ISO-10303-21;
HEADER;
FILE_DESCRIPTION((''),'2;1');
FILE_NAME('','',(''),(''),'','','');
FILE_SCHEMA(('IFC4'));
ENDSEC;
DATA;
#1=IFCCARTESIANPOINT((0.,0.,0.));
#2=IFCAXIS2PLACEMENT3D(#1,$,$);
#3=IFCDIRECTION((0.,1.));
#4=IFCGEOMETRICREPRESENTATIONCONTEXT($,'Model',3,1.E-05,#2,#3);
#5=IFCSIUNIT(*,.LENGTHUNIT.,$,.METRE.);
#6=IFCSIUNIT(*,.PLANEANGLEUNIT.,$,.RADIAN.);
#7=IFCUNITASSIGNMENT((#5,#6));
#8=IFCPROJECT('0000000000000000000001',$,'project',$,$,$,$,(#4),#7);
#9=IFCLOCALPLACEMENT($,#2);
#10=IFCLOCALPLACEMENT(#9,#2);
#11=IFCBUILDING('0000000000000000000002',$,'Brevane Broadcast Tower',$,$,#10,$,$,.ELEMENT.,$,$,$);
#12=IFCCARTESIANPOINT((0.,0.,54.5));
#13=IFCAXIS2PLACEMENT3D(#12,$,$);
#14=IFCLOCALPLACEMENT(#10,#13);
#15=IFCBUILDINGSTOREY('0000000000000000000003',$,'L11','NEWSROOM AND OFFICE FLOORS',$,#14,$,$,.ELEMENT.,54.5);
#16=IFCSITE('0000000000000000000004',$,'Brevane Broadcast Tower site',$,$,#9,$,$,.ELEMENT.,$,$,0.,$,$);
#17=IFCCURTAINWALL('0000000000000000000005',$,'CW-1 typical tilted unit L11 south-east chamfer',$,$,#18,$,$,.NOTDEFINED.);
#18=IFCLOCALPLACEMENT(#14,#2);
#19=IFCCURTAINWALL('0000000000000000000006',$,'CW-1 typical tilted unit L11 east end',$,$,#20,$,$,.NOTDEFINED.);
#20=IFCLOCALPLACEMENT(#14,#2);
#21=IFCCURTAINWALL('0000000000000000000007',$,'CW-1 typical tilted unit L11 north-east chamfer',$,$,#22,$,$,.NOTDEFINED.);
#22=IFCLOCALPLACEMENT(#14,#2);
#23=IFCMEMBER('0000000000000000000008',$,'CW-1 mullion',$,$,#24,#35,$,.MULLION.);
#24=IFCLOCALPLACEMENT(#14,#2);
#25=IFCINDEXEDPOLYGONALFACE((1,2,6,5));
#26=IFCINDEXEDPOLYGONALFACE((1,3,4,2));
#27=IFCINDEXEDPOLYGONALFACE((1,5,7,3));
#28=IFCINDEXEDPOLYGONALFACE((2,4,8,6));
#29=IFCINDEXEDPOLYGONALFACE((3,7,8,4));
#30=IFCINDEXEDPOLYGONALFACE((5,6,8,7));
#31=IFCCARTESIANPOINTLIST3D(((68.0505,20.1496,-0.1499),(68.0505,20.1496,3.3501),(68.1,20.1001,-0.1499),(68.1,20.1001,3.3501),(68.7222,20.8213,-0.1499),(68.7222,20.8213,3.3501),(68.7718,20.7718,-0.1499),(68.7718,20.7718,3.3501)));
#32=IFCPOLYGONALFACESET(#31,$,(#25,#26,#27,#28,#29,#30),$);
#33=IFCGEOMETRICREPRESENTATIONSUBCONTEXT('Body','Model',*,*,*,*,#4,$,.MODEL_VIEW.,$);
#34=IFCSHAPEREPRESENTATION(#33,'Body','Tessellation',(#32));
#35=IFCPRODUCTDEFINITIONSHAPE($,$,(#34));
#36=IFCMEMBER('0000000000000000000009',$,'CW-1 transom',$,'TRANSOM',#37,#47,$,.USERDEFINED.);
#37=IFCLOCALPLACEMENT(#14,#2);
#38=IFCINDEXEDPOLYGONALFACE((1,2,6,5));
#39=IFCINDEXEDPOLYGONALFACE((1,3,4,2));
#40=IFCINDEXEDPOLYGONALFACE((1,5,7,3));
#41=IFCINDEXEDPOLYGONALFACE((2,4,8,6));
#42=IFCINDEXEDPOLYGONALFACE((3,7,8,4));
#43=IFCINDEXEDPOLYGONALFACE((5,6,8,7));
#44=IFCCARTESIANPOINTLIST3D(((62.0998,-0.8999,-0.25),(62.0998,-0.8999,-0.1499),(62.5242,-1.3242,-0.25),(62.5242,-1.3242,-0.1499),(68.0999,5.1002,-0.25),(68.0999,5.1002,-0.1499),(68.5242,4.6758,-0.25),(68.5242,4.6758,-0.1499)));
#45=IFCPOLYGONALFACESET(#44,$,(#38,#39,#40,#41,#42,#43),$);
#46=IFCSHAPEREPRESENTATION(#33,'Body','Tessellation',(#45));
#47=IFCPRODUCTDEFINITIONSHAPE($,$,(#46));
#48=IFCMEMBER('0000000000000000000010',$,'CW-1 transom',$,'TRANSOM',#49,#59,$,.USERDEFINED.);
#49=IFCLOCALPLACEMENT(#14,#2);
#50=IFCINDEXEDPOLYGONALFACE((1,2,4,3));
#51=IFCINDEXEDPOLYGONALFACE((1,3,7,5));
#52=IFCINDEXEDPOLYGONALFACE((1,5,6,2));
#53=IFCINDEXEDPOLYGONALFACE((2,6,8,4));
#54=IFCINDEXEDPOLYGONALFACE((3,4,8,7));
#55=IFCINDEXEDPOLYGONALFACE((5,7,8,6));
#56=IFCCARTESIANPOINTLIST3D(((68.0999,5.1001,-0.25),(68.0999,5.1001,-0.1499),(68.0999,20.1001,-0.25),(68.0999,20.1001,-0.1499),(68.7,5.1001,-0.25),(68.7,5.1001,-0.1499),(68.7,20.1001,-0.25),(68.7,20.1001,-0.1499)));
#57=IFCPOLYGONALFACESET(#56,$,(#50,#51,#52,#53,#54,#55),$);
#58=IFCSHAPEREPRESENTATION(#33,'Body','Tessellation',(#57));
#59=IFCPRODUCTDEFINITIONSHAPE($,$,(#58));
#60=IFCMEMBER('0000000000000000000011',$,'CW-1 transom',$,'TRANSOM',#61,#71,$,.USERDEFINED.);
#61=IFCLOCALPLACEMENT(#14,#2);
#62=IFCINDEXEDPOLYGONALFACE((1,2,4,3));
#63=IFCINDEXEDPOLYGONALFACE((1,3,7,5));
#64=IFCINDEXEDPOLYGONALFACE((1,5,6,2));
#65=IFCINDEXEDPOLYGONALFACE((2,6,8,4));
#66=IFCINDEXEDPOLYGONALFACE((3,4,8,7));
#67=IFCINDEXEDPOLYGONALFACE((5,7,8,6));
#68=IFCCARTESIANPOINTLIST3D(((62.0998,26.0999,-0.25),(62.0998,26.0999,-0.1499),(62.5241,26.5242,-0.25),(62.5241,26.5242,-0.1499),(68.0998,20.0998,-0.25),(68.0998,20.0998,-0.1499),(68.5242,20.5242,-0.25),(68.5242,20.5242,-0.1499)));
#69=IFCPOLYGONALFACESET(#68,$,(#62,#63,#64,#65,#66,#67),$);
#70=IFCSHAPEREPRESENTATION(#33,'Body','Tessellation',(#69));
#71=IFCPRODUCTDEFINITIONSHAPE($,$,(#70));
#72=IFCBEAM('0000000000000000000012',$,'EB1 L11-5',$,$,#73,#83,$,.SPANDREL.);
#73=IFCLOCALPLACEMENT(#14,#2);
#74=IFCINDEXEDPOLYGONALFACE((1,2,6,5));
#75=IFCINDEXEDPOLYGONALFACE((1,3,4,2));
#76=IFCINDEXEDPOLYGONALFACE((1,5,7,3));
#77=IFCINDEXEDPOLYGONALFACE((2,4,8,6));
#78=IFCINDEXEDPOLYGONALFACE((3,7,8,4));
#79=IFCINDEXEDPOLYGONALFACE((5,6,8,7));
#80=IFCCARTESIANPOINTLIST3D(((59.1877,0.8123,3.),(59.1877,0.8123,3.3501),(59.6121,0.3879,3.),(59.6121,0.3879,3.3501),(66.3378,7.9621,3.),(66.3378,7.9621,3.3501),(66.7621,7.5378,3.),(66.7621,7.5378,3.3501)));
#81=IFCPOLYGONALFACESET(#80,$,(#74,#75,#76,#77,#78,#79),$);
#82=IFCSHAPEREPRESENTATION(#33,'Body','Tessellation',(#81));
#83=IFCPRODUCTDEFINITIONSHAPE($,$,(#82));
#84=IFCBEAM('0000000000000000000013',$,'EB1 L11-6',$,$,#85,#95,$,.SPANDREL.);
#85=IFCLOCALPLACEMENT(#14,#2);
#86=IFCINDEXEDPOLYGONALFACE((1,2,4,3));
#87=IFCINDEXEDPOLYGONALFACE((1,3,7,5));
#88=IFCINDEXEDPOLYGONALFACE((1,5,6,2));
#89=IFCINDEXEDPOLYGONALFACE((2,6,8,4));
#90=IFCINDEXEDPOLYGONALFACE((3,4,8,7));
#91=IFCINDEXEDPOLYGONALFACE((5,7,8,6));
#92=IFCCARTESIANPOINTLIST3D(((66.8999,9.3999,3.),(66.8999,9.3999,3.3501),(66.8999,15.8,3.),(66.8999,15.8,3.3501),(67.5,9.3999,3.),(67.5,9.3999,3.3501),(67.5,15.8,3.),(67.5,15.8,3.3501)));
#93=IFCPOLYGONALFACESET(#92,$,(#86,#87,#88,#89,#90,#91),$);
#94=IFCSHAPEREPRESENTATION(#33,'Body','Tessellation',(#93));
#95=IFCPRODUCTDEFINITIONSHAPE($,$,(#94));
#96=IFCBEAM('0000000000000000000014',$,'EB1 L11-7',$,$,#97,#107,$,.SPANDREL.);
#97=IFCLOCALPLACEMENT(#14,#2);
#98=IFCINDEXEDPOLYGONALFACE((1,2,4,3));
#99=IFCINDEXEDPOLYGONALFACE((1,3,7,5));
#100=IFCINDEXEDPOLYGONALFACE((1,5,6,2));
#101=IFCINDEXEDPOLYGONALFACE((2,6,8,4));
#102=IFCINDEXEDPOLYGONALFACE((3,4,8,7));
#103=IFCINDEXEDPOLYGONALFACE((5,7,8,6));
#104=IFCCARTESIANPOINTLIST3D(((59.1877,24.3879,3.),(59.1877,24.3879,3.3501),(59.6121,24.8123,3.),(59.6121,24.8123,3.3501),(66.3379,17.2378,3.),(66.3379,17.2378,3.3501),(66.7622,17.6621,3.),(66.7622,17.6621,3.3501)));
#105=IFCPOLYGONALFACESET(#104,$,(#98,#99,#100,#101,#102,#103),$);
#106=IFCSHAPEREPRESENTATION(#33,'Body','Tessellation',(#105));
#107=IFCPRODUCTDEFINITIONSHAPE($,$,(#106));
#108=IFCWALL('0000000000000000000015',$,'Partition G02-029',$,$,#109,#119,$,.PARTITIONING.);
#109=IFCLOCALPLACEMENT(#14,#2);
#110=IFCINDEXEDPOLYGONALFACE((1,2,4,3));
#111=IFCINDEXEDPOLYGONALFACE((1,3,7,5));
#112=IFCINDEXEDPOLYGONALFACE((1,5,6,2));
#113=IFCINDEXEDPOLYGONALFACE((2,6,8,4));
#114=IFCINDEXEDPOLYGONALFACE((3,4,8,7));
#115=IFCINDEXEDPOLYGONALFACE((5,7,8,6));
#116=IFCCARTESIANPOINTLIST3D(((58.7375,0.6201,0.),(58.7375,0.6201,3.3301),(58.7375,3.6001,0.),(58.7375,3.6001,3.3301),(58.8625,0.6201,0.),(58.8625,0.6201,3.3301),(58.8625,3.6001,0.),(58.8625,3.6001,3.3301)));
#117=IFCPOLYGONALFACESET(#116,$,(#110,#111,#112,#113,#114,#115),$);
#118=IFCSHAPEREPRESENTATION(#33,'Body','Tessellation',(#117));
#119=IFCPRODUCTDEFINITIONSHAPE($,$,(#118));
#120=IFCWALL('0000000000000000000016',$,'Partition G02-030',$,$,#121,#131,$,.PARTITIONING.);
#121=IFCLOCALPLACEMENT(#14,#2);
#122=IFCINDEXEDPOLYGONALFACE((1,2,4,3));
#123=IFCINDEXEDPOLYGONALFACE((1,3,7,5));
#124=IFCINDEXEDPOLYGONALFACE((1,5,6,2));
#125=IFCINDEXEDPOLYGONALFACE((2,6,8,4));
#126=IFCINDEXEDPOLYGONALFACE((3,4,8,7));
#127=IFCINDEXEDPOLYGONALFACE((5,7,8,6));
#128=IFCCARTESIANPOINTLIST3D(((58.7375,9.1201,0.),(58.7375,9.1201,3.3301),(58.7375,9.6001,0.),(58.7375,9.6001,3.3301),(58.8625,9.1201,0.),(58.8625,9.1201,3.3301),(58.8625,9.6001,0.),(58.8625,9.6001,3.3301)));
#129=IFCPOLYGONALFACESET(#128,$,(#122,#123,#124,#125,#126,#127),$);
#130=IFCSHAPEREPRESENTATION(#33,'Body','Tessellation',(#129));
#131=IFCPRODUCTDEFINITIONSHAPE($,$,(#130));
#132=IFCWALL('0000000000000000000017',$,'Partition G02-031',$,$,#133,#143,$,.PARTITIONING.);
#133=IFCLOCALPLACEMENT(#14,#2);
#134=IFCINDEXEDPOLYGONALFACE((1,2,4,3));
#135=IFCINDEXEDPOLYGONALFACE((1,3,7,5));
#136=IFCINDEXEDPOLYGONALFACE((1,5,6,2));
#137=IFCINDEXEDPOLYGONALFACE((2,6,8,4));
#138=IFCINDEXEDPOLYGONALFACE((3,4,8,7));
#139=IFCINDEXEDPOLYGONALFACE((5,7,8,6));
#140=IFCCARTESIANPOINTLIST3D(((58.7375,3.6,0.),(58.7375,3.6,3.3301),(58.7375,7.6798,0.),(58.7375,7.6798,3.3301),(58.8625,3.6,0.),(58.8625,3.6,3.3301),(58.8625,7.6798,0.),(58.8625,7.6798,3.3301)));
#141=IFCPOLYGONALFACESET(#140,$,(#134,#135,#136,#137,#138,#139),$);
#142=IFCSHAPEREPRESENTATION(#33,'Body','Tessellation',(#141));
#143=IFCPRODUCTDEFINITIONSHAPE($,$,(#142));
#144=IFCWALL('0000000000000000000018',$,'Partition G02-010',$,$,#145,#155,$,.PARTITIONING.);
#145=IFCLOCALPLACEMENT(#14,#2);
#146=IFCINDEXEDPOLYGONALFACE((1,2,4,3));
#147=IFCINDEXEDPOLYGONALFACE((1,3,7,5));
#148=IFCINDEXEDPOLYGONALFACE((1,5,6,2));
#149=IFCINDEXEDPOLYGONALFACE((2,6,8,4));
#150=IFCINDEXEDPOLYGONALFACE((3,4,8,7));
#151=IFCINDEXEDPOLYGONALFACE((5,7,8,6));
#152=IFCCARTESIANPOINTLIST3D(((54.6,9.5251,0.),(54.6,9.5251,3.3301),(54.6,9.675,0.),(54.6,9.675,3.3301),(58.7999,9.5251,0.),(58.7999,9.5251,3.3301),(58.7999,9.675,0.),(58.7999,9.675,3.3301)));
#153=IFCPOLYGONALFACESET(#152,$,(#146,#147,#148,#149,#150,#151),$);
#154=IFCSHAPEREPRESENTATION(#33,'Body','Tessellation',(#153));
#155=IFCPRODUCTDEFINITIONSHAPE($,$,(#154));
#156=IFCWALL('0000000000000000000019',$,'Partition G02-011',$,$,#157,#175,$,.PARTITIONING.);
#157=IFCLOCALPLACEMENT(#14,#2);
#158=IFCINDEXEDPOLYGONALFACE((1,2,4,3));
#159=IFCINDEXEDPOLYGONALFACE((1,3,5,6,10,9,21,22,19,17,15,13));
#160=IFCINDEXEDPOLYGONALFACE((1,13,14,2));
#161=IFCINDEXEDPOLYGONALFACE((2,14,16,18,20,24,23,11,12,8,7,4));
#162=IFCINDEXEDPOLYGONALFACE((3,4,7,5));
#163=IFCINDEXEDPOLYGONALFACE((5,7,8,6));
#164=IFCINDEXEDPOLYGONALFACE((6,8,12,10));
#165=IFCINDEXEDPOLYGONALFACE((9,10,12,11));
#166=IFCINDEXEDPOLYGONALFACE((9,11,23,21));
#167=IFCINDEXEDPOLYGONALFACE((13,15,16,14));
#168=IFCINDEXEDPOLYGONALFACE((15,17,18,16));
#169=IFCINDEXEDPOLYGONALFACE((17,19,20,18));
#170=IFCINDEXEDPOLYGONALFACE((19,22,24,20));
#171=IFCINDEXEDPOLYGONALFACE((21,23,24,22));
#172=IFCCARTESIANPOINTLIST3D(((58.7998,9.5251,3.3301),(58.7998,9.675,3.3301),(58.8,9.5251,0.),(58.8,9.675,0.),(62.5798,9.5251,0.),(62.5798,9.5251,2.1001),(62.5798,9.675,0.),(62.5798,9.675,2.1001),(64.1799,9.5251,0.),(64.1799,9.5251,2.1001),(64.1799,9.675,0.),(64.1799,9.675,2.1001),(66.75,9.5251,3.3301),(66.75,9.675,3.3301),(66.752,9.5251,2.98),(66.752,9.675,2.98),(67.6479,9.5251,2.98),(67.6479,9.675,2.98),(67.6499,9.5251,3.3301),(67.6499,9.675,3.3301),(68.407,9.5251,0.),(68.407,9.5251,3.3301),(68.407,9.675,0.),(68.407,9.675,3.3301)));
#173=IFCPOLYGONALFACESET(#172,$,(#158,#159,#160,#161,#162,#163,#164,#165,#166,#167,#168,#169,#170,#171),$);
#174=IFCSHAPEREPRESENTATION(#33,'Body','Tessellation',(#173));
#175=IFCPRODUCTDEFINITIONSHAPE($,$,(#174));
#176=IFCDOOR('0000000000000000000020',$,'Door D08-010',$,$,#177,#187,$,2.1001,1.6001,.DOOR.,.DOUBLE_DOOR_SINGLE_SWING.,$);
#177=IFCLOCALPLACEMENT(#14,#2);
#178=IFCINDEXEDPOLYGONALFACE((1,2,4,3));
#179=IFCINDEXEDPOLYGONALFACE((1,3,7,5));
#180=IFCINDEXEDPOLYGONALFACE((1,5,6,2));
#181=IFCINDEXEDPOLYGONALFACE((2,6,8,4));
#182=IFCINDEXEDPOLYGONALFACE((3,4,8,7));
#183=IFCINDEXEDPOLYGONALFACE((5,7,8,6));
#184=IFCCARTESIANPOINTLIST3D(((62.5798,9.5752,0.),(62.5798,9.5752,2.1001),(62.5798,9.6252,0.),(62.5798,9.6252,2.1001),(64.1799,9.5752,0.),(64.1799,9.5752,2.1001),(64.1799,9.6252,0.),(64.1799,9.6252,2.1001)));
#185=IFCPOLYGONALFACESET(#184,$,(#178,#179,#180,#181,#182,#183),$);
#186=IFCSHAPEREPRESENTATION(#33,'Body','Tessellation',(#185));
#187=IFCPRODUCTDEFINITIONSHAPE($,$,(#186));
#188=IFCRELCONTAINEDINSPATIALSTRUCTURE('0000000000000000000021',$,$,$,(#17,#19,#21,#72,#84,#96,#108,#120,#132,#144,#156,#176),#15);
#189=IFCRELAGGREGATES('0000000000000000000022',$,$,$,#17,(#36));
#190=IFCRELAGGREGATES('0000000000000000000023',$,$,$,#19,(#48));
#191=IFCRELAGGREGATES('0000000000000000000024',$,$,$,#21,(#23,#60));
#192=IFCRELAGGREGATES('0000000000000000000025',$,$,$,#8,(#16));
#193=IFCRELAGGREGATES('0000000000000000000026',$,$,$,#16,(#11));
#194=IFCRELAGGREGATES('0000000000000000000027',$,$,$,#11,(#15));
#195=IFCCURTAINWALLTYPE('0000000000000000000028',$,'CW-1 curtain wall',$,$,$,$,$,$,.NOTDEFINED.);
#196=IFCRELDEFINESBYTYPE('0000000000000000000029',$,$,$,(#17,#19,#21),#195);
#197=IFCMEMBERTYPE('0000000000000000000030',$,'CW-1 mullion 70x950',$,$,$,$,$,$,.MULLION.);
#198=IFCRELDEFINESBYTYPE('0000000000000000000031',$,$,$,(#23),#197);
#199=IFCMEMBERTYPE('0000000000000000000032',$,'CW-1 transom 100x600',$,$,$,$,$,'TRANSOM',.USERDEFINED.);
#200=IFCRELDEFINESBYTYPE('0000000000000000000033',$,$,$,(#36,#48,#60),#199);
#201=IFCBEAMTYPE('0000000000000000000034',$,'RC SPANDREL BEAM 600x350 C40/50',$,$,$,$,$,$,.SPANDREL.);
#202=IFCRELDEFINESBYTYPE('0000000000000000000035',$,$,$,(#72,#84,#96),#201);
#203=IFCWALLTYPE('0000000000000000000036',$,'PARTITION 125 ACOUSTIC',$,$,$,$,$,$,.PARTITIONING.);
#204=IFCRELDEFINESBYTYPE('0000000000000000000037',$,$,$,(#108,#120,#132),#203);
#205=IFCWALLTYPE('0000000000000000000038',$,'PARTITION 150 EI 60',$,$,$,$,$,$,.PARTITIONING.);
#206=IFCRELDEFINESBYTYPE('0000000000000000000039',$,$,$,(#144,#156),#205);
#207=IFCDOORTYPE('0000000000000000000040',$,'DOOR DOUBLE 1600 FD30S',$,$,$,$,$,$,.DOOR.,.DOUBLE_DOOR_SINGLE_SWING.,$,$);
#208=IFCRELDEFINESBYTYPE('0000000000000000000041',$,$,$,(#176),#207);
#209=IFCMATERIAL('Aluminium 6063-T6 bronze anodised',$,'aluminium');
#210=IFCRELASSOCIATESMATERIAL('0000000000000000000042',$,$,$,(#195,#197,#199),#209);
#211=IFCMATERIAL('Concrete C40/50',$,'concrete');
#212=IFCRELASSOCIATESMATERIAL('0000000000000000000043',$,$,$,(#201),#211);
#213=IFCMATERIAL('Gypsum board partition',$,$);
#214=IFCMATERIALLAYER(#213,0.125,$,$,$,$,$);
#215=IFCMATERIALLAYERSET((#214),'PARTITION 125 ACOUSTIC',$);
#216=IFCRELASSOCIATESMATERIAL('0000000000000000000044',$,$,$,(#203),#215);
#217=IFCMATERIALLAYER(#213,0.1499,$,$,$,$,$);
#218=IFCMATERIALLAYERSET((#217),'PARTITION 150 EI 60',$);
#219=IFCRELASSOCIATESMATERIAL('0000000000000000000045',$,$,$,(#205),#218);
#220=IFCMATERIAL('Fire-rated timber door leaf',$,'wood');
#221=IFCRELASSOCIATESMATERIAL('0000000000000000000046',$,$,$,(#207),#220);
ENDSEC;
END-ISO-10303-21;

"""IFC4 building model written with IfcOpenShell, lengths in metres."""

from ifc_helpers import new_model, si_unit, direction, frame, frame_2d, origin, origin_2d, place, context, subcontext, project, spatial, polyline, rectangle, outline, extrude, material, layer, layer_set, material_profile, profile_set, type_object, element, fill, aggregate, save


model = new_model("IFC4")

# Units and contexts
model_context = context("Model", 3, precision=1e-05, world=origin(), true_north=direction((0.0, 1.0)))
body_context = subcontext(model_context, "Body", "Model", "MODEL_VIEW")
ifc_project = project(units=[si_unit("LENGTHUNIT", "METRE"), si_unit("PLANEANGLEUNIT", "RADIAN")], contexts=[model_context])

# Site, building, storey
site_placement = place(None, origin())
site = spatial("IfcSite", under=ifc_project, at=site_placement, Name="Brevane Broadcast Tower site", CompositionType="ELEMENT", RefElevation=0.0)
building_placement = place(site_placement, origin())
building = spatial("IfcBuilding", under=site, at=building_placement, Name="Brevane Broadcast Tower", CompositionType="ELEMENT")
storey_placement = place(building_placement, frame((0.0, 0.0, 54.5)))
storey = spatial("IfcBuildingStorey", under=building, at=storey_placement, Name="L11", Description="NEWSROOM AND OFFICE FLOORS", CompositionType="ELEMENT", Elevation=54.5)

# Curtain walls
ifc_material_1 = material(Name="Aluminium 6063-T6 bronze anodised", Category="aluminium")
curtain_wall_type = type_object("IfcCurtainWallType", Name="CW-1 curtain wall", PredefinedType="NOTDEFINED", material=ifc_material_1)
ifc_material_profile_1 = material_profile(ifc_material_1, rectangle(XDim=0.95, YDim=0.0701, at=origin_2d()), Name="RECT 70x950")
ifc_profile_set_1 = profile_set([ifc_material_profile_1], Name="Aluminium 6063-T6 bronze anodised")
member_type_1 = type_object("IfcMemberType", Name="CW-1 mullion 70x950", PredefinedType="MULLION", material=ifc_profile_set_1)
curtain_wall_1_placement = place(storey_placement, origin())
curtain_wall_1 = element("IfcCurtainWall", 1, at=curtain_wall_1_placement, inside=storey, type_object=curtain_wall_type, Name="CW-1 typical tilted unit L11 south-east chamfer", PredefinedType="NOTDEFINED")
curtain_wall_2_placement = place(storey_placement, origin())
curtain_wall_2 = element("IfcCurtainWall", 2, at=curtain_wall_2_placement, inside=storey, type_object=curtain_wall_type, Name="CW-1 typical tilted unit L11 east end", PredefinedType="NOTDEFINED")

# Curtain wall, member
curtain_wall_3_placement = place(storey_placement, origin())
curtain_wall_3 = element("IfcCurtainWall", 3, at=curtain_wall_3_placement, inside=storey, type_object=curtain_wall_type, Name="CW-1 typical tilted unit L11 north-east chamfer", PredefinedType="NOTDEFINED")
member_1_placement = place(storey_placement, frame((68.4111, 20.4607, -0.1499), z_axis=(0.0, 0.0, 1.0), x_axis=(-0.707107, -0.707107, 0.0)))
member_1 = element("IfcMember", 4, at=member_1_placement, type_object=member_type_1, Name="CW-1 mullion", PredefinedType="MULLION", context=body_context, shape_type="SweptSolid", body=[
    extrude(rectangle(XDim=0.95, YDim=0.0701, at=origin_2d()), origin(), (0.0, 0.0, 1.0), 3.5),
])

# Members
ifc_material_profile_2 = material_profile(ifc_material_1, rectangle(XDim=0.6001, YDim=0.1001, at=origin_2d()), Name="RECT 100x600")
ifc_profile_set_2 = profile_set([ifc_material_profile_2], Name="Aluminium 6063-T6 bronze anodised")
member_type_2 = type_object("IfcMemberType", Name="CW-1 transom 100x600", ElementType="TRANSOM", PredefinedType="USERDEFINED", material=ifc_profile_set_2)
member_2_placement = place(storey_placement, frame((62.312, -1.1121, -0.2), z_axis=(0.707107, 0.707107, 0.0), x_axis=(-0.707107, 0.707107, 0.0)))
member_2 = element("IfcMember", 5, at=member_2_placement, type_object=member_type_2, Name="CW-1 transom", ObjectType="TRANSOM", PredefinedType="USERDEFINED", context=body_context, shape_type="SweptSolid", body=[
    extrude(rectangle(XDim=0.6001, YDim=0.1001, at=origin_2d()), origin(), (0.0, 0.0, 1.0), 8.4854),
])
aggregate(curtain_wall_1, [member_2])
member_3_placement = place(storey_placement, frame((68.3999, 5.1001, -0.2), z_axis=(0.0, 1.0, 0.0), x_axis=(-1.0, 0.0, 0.0)))
member_3 = element("IfcMember", 6, at=member_3_placement, type_object=member_type_2, Name="CW-1 transom", ObjectType="TRANSOM", PredefinedType="USERDEFINED", context=body_context, shape_type="SweptSolid", body=[
    extrude(rectangle(XDim=0.6001, YDim=0.1001, at=origin_2d()), origin(), (0.0, 0.0, 1.0), 15.0),
])
aggregate(curtain_wall_2, [member_3])
member_4_placement = place(storey_placement, frame((68.312, 20.312, -0.2), z_axis=(-0.707107, 0.707107, 0.0), x_axis=(-0.707107, -0.707107, 0.0)))
member_4 = element("IfcMember", 7, at=member_4_placement, type_object=member_type_2, Name="CW-1 transom", ObjectType="TRANSOM", PredefinedType="USERDEFINED", context=body_context, shape_type="SweptSolid", body=[
    extrude(rectangle(XDim=0.6001, YDim=0.1001, at=origin_2d()), origin(), (0.0, 0.0, 1.0), 8.4854),
])
aggregate(curtain_wall_3, [member_1, member_4])

# Beams
ifc_material_2 = material(Name="Concrete C40/50", Category="concrete")
ifc_material_profile_3 = material_profile(ifc_material_2, rectangle(XDim=0.6001, YDim=0.3501, at=origin_2d()), Name="RC 600x350")
ifc_profile_set_3 = profile_set([ifc_material_profile_3], Name="Concrete C40/50")
beam_type = type_object("IfcBeamType", Name="RC SPANDREL BEAM 600x350 C40/50", PredefinedType="SPANDREL", material=ifc_profile_set_3)
beam_1_placement = place(storey_placement, frame((59.3999, 0.6001, 3.175), z_axis=(0.707119, 0.707095, 0.0), x_axis=(-0.707095, 0.707119, 0.0)))
element("IfcBeam", 8, at=beam_1_placement, inside=storey, type_object=beam_type, Name="EB1 L11-5", PredefinedType="SPANDREL", context=body_context, shape_type="SweptSolid", body=[
    extrude(rectangle(XDim=0.6001, YDim=0.3501, at=origin_2d()), origin(), (0.0, 0.0, 1.0), 10.1116),
])
beam_2_placement = place(storey_placement, frame((67.2, 9.3999, 3.175), z_axis=(0.0, 1.0, 0.0), x_axis=(-1.0, 0.0, 0.0)))
element("IfcBeam", 9, at=beam_2_placement, inside=storey, type_object=beam_type, Name="EB1 L11-6", PredefinedType="SPANDREL", context=body_context, shape_type="SweptSolid", body=[
    extrude(rectangle(XDim=0.6001, YDim=0.3501, at=origin_2d()), origin(), (0.0, 0.0, 1.0), 6.4001),
])
beam_3_placement = place(storey_placement, frame((66.55, 17.45, 3.175), z_axis=(-0.707107, 0.707107, 0.0), x_axis=(-0.707107, -0.707107, 0.0)))
element("IfcBeam", 10, at=beam_3_placement, inside=storey, type_object=beam_type, Name="EB1 L11-7", PredefinedType="SPANDREL", context=body_context, shape_type="SweptSolid", body=[
    extrude(rectangle(XDim=0.6001, YDim=0.3501, at=origin_2d()), origin(), (0.0, 0.0, 1.0), 10.1118),
])

# Walls
ifc_material_3 = material(Name="Gypsum board partition")
ifc_layer_1 = layer(ifc_material_3, 0.125)
ifc_layer_set_1 = layer_set([ifc_layer_1], Name="PARTITION 125 ACOUSTIC")
wall_type_1 = type_object("IfcWallType", Name="PARTITION 125 ACOUSTIC", PredefinedType="PARTITIONING", material=ifc_layer_set_1)
wall_1_placement = place(storey_placement, frame((58.8, 3.6001, 0.0), z_axis=(0.0, 0.0, 1.0), x_axis=(0.0, -1.0, 0.0)))
element("IfcWall", 11, at=wall_1_placement, inside=storey, type_object=wall_type_1, Name="Partition G02-029", PredefinedType="PARTITIONING", context=body_context, shape_type="SweptSolid", body=[
    extrude(rectangle(XDim=2.98, YDim=0.125, at=frame_2d((1.49, 0.0))), origin(), (0.0, 0.0, 1.0), 3.3301),
])
wall_2_placement = place(storey_placement, frame((58.8, 9.6001, 0.0), z_axis=(0.0, 0.0, 1.0), x_axis=(0.0, -1.0, 0.0)))
element("IfcWall", 12, at=wall_2_placement, inside=storey, type_object=wall_type_1, Name="Partition G02-030", PredefinedType="PARTITIONING", context=body_context, shape_type="SweptSolid", body=[
    extrude(rectangle(XDim=0.48, YDim=0.125, at=frame_2d((0.24, 0.0))), origin(), (0.0, 0.0, 1.0), 3.3301),
])
wall_3_placement = place(storey_placement, frame((58.8, 7.6799, 0.0), z_axis=(0.0, 0.0, 1.0), x_axis=(0.0, -1.0, 0.0)))
element("IfcWall", 13, at=wall_3_placement, inside=storey, type_object=wall_type_1, Name="Partition G02-031", PredefinedType="PARTITIONING", context=body_context, shape_type="SweptSolid", body=[
    extrude(rectangle(XDim=4.0798, YDim=0.125, at=frame_2d((2.04, 0.0))), origin(), (0.0, 0.0, 1.0), 3.3301),
])
ifc_layer_2 = layer(ifc_material_3, 0.1499)
ifc_layer_set_2 = layer_set([ifc_layer_2], Name="PARTITION 150 EI 60")
wall_type_2 = type_object("IfcWallType", Name="PARTITION 150 EI 60", PredefinedType="PARTITIONING", material=ifc_layer_set_2)
wall_4_placement = place(storey_placement, frame((58.8, 9.6001, 0.0), z_axis=(0.0, 0.0, 1.0), x_axis=(-1.0, 0.0, 0.0)))
element("IfcWall", 14, at=wall_4_placement, inside=storey, type_object=wall_type_2, Name="Partition G02-010", PredefinedType="PARTITIONING", context=body_context, shape_type="SweptSolid", body=[
    extrude(rectangle(XDim=4.2, YDim=0.1499, at=frame_2d((2.1001, 0.0))), origin(), (0.0, 0.0, 1.0), 3.3301),
])

# Wall, opening, door
wall_5_placement = place(storey_placement, frame((68.407, 9.6001, 0.0), z_axis=(0.0, 0.0, 1.0), x_axis=(-1.0, 0.0, 0.0)))
wall_5 = element("IfcWall", 15, at=wall_5_placement, inside=storey, type_object=wall_type_2, Name="Partition G02-011", PredefinedType="PARTITIONING", context=body_context, shape_type="SweptSolid", body=[
    extrude(outline(polyline([(0.0, 0.0), (9.6069, 0.0), (9.6072, 3.3301), (1.657, 3.3301), (1.655, 2.98), (0.759, 2.98), (0.7571, 3.3301), (0.1272, 3.3301), (0.0, 3.3301), (0.0, 0.0)])), frame((0.0, 0.075, 0.0), z_axis=(0.0, -1.0, 0.0), x_axis=(1.0, 0.0, 0.0)), (0.0, 0.0, 1.0), 0.1499),
])
opening_1_placement = place(wall_5_placement, frame((4.2271, 0.0, 0.0)))
opening_1 = element("IfcOpeningElement", 16, at=opening_1_placement, cuts=wall_5, PredefinedType="OPENING", context=body_context, shape_type="SweptSolid", body=[
    extrude(rectangle(XDim=1.6001, YDim=2.1001, at=frame_2d((0.8, 1.05))), frame((0.0, 0.085, 0.0), z_axis=(0.0, -1.0, 0.0), x_axis=(1.0, 0.0, 0.0)), (0.0, 0.0, 1.0), 0.1699),
])
ifc_material_4 = material(Name="Fire-rated timber door leaf", Category="wood")
door_type_1 = type_object("IfcDoorType", Name="DOOR DOUBLE 1600 FD30S", OperationType="DOUBLE_DOOR_SINGLE_SWING", PredefinedType="DOOR", material=ifc_material_4)
door_1_placement = place(opening_1_placement, origin())
door_1 = element("IfcDoor", 17, at=door_1_placement, inside=storey, type_object=door_type_1, Name="Door D08-010", OperationType="DOUBLE_DOOR_SINGLE_SWING", OverallHeight=2.1001, OverallWidth=1.6001, PredefinedType="DOOR", context=body_context, shape_type="SweptSolid", body=[
    extrude(rectangle(XDim=1.6001, YDim=2.1001, at=frame_2d((0.8, 1.05))), frame((0.0, 0.0249, 0.0), z_axis=(0.0, -1.0, 0.0), x_axis=(1.0, 0.0, 0.0)), (0.0, 0.0, 1.0), 0.05),
])
fill(opening_1, door_1)

save(model, "model.ifc")
